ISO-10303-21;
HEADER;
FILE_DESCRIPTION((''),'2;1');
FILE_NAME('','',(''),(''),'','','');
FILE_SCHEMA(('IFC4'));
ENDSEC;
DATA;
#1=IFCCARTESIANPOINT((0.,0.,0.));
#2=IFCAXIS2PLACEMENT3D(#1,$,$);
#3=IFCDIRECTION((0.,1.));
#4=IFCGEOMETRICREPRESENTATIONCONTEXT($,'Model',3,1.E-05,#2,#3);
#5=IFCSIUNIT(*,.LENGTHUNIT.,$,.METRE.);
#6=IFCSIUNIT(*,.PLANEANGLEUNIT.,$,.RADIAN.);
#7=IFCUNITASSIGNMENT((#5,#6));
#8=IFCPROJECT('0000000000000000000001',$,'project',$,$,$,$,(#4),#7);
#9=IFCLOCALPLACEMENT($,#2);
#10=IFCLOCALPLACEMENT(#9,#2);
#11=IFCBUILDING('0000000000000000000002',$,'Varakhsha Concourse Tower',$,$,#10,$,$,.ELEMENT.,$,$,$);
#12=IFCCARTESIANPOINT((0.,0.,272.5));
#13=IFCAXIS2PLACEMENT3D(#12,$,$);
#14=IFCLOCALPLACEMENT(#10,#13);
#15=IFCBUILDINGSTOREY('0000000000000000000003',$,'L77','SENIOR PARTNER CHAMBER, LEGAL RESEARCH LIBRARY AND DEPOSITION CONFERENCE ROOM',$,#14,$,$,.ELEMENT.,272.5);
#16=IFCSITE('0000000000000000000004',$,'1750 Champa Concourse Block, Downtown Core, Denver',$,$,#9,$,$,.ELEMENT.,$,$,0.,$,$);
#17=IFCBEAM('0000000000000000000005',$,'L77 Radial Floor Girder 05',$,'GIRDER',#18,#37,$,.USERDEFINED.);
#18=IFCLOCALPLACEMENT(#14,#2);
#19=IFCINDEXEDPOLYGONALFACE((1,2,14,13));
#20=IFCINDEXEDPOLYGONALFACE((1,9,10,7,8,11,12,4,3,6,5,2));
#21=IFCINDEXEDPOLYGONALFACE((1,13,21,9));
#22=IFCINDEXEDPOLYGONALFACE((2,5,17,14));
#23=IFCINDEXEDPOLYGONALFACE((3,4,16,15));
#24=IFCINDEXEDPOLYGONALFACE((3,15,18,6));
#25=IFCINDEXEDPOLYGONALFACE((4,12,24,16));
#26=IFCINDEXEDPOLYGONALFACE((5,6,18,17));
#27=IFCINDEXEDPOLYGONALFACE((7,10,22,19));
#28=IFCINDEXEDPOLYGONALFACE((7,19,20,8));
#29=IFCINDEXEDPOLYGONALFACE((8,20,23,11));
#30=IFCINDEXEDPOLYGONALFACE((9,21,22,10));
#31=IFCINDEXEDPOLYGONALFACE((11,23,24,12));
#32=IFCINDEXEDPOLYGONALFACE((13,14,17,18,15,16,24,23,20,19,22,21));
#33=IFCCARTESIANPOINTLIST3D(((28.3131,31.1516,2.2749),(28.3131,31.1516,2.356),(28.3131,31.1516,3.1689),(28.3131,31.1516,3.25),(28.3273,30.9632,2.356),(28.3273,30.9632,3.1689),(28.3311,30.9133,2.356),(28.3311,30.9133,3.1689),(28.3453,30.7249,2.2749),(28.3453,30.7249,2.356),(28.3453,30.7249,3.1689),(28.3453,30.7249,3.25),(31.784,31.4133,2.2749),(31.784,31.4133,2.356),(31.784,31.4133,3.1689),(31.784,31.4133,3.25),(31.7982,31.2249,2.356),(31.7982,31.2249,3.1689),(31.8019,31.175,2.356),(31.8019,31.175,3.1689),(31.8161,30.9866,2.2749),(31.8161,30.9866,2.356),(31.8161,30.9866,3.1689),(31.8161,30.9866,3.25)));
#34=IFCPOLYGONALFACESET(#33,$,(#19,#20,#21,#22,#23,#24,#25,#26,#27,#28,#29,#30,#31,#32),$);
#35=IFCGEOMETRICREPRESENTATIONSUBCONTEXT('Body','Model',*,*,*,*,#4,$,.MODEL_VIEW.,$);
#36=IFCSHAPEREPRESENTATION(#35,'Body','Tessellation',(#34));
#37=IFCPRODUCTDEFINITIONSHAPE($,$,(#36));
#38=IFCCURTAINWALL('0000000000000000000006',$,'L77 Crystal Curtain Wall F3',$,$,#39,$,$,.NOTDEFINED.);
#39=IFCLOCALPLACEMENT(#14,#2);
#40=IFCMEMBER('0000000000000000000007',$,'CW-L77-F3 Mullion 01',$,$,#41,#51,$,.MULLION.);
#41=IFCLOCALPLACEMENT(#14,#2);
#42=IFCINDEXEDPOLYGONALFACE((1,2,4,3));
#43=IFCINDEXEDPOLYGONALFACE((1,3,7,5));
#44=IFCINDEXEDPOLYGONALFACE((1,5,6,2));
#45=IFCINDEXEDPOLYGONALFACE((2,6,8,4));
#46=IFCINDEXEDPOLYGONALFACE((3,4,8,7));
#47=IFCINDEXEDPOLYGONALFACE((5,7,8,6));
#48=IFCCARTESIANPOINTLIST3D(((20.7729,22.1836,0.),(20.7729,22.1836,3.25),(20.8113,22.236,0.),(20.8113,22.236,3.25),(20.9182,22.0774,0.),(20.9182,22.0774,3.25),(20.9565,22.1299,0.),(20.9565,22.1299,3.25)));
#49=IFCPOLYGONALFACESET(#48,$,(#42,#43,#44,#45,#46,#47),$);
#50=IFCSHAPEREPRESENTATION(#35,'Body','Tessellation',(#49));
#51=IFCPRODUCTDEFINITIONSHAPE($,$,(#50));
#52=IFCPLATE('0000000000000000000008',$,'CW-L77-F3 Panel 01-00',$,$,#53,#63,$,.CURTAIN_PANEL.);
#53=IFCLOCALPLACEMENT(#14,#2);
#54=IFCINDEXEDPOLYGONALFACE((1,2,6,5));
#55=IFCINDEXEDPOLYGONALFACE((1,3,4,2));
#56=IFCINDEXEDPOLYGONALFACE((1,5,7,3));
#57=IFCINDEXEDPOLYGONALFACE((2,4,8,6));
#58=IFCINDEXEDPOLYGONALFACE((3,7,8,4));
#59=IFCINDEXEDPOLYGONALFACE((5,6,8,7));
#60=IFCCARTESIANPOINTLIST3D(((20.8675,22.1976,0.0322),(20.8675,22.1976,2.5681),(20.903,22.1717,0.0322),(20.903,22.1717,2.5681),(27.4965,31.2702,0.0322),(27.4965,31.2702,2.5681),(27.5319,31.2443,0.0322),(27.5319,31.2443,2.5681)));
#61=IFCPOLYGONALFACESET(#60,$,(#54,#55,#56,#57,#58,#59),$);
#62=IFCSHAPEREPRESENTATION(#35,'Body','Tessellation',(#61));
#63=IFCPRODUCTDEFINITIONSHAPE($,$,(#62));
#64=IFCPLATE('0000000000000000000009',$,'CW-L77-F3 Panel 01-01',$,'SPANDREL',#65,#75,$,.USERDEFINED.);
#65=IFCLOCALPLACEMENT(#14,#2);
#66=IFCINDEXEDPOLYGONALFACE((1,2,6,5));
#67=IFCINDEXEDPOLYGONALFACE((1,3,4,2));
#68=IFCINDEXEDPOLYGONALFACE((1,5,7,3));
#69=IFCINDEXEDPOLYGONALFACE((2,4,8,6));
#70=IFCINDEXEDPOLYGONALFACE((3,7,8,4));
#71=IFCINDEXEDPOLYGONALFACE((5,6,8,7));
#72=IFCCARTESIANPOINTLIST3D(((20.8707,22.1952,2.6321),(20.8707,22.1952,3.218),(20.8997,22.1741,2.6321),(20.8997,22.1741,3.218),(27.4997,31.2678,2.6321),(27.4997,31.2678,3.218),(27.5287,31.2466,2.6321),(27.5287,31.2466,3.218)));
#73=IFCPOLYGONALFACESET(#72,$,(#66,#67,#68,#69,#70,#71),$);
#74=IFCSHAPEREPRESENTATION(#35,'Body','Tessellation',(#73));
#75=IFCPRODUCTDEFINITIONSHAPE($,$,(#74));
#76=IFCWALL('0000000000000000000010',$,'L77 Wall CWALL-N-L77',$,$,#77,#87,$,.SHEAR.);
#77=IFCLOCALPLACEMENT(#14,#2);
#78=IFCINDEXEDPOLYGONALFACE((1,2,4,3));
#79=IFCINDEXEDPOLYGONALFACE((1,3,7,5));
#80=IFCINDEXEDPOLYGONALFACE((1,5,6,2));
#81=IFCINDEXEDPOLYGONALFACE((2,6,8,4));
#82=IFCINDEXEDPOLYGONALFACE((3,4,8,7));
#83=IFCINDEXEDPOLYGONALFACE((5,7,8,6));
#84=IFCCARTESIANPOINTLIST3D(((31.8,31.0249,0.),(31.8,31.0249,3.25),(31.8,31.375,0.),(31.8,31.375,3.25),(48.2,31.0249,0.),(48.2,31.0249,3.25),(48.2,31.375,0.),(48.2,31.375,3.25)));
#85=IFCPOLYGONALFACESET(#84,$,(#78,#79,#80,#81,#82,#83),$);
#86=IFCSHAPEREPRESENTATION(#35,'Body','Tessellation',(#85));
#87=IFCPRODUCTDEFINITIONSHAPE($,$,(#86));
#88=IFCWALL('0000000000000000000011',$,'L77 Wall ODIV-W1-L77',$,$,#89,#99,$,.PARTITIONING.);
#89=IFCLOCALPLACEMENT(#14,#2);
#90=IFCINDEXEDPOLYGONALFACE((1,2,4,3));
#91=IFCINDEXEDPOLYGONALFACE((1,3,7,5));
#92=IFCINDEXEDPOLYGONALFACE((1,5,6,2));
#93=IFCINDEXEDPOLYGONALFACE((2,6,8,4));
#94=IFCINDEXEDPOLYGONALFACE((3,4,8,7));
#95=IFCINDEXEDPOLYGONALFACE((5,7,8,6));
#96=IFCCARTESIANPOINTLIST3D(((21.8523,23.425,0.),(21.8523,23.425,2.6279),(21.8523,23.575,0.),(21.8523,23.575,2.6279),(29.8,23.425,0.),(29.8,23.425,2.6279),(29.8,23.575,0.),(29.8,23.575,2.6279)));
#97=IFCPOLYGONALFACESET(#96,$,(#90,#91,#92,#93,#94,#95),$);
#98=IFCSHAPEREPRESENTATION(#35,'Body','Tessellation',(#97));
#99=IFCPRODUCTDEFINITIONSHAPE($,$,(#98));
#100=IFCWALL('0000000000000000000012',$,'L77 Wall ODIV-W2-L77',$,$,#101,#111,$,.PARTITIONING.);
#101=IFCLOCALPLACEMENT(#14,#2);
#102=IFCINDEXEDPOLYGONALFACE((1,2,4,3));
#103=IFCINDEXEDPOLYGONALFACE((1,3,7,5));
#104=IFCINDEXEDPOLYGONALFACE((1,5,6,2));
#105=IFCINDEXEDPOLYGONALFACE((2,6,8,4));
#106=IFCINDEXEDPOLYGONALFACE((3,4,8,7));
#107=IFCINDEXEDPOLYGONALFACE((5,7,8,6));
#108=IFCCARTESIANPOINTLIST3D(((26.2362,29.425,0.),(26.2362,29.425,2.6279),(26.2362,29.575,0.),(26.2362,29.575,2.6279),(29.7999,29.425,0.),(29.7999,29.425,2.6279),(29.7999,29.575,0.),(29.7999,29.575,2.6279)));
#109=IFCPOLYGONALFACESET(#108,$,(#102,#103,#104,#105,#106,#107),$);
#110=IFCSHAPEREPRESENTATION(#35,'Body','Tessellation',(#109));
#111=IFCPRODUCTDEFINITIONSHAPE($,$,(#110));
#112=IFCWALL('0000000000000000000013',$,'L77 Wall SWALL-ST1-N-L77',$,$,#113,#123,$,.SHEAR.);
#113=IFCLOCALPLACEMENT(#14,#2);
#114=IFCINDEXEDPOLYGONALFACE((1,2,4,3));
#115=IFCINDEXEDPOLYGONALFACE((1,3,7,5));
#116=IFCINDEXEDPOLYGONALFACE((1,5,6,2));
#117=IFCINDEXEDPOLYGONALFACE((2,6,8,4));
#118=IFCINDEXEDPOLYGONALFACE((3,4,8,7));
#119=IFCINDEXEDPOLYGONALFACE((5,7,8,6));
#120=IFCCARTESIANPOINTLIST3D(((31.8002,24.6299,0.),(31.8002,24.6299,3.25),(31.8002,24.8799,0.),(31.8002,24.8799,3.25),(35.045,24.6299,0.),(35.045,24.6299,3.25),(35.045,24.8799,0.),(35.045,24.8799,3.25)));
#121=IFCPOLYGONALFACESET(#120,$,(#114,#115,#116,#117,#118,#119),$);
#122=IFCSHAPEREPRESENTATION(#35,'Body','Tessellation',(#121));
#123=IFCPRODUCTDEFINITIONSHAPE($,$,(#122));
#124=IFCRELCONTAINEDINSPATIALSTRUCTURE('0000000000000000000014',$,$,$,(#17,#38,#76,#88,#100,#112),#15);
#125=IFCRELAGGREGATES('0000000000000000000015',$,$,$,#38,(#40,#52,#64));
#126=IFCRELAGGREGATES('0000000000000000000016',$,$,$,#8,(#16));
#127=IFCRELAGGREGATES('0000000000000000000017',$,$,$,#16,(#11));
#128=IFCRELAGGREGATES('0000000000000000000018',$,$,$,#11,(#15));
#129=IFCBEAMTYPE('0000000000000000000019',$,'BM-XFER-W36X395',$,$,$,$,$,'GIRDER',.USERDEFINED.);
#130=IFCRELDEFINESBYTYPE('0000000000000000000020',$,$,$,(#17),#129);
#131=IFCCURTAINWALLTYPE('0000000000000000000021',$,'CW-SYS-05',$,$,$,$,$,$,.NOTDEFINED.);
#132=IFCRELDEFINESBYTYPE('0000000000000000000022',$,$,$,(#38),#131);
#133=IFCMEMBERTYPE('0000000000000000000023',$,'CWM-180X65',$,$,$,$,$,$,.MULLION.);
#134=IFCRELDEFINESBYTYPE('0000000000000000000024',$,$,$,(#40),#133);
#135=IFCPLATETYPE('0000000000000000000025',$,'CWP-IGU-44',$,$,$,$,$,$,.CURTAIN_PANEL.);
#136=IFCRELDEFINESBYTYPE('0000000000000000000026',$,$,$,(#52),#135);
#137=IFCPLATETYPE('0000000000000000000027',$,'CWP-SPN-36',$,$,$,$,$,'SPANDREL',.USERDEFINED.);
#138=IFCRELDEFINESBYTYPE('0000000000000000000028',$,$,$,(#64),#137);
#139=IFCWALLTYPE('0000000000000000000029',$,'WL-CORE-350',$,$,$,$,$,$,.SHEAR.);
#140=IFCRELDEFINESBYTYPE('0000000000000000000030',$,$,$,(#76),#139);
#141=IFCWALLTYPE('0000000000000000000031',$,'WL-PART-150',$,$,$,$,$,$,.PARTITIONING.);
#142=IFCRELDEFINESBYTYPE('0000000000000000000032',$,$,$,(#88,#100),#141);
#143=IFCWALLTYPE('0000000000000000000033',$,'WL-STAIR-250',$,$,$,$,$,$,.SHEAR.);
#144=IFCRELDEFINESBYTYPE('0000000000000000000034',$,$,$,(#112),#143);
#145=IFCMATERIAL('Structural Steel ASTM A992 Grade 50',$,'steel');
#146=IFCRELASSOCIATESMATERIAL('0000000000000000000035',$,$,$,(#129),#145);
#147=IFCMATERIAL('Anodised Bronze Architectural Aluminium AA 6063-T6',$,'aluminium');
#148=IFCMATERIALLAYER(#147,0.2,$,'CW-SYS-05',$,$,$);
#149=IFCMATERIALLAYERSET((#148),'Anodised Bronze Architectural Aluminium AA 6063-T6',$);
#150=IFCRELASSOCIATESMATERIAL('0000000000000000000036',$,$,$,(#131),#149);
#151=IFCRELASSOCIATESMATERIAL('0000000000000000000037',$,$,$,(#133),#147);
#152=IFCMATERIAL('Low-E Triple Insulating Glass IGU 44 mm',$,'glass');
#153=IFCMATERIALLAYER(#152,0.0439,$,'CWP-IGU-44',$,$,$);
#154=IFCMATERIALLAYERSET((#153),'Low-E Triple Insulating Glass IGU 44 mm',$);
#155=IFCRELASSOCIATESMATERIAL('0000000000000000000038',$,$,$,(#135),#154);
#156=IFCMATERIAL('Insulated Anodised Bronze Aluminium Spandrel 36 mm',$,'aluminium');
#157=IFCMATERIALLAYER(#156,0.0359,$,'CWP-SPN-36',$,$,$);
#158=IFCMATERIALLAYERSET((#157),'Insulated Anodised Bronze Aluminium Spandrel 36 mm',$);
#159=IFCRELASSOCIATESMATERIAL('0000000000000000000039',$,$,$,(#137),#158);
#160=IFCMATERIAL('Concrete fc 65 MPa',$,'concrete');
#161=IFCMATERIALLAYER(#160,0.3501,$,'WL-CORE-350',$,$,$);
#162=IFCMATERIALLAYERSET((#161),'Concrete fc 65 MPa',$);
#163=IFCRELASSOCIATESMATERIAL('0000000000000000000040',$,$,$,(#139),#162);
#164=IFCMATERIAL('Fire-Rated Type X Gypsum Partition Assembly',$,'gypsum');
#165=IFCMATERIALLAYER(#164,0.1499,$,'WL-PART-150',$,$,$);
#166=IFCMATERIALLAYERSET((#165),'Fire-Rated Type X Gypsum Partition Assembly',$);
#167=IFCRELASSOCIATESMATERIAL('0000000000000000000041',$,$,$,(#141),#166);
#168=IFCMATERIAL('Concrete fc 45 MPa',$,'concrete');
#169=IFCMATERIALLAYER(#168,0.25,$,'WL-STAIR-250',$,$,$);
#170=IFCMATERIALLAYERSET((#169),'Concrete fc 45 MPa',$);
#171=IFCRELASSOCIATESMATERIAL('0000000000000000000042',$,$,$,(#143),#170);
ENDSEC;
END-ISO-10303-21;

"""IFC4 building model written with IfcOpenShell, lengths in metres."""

from ifc_helpers import new_model, si_unit, direction, frame, frame_2d, origin, origin_2d, place, context, subcontext, project, spatial, rectangle, i_section, extrude, source, transform, mapped, material, layer, layer_set, material_profile, profile_set, type_object, type_shapes, element, aggregate, save


model = new_model("IFC4")

# Units and contexts
model_context = context("Model", 3, precision=1e-05, world=origin(), true_north=direction((0.0, 1.0)))
body_context = subcontext(model_context, "Body", "Model", "MODEL_VIEW")
ifc_project = project(units=[si_unit("LENGTHUNIT", "METRE"), si_unit("PLANEANGLEUNIT", "RADIAN")], contexts=[model_context])

# Site, building, storey
site_placement = place(None, origin())
site = spatial("IfcSite", under=ifc_project, at=site_placement, Name="1750 Champa Concourse Block, Downtown Core, Denver", CompositionType="ELEMENT", RefElevation=0.0)
building_placement = place(site_placement, origin())
building = spatial("IfcBuilding", under=site, at=building_placement, Name="Varakhsha Concourse Tower", CompositionType="ELEMENT")
storey_placement = place(building_placement, frame((0.0, 0.0, 272.5)))
storey = spatial("IfcBuildingStorey", under=building, at=storey_placement, Name="L77", Description="SENIOR PARTNER CHAMBER, LEGAL RESEARCH LIBRARY AND DEPOSITION CONFERENCE ROOM", CompositionType="ELEMENT", Elevation=272.5)

# Shared definitions
ifc_material_1 = material(Name="Structural Steel ASTM A992 Grade 50", Category="steel")

# Beam
ifc_material_profile_1 = material_profile(ifc_material_1, i_section(OverallWidth=0.428, OverallDepth=0.9751, WebThickness=0.05, FlangeThickness=0.0811, at=origin_2d()), Name="W36X395")
ifc_profile_set_1 = profile_set([ifc_material_profile_1], Name="Structural Steel ASTM A992 Grade 50")
beam_type_1 = type_object("IfcBeamType", Name="BM-XFER-W36X395", ElementType="GIRDER", PredefinedType="USERDEFINED", material=ifc_profile_set_1)
beam_1_placement = place(storey_placement, frame((31.8, 31.2, 2.7625), z_axis=(-0.997169, -0.075189, 0.0), x_axis=(0.075189, -0.997169, 0.0)))
element("IfcBeam", 1, at=beam_1_placement, inside=storey, type_object=beam_type_1, Name="L77 Radial Floor Girder 05", ObjectType="GIRDER", PredefinedType="USERDEFINED", context=body_context, shape_type="SweptSolid", body=[
    extrude(i_section(OverallWidth=0.428, OverallDepth=0.9751, WebThickness=0.05, FlangeThickness=0.0811, at=origin_2d()), origin(), (0.0, 0.0, 1.0), 3.4807),
])

# Curtain wall, member, plates
ifc_material_2 = material(Name="Anodised Bronze Architectural Aluminium AA 6063-T6", Category="aluminium")
ifc_layer_1 = layer(ifc_material_2, 0.2, Name="CW-SYS-05")
ifc_layer_set_1 = layer_set([ifc_layer_1], Name="Anodised Bronze Architectural Aluminium AA 6063-T6")
curtain_wall_type = type_object("IfcCurtainWallType", Name="CW-SYS-05", PredefinedType="NOTDEFINED", material=ifc_layer_set_1)
curtain_wall_placement = place(storey_placement, origin())
curtain_wall = element("IfcCurtainWall", 2, at=curtain_wall_placement, inside=storey, type_object=curtain_wall_type, Name="L77 Crystal Curtain Wall F3", PredefinedType="NOTDEFINED")
ifc_material_profile_2 = material_profile(ifc_material_2, rectangle(XDim=0.0649, YDim=0.1799, at=origin_2d()), Name="CWM-180X65")
ifc_profile_set_2 = profile_set([ifc_material_profile_2], Name="Anodised Bronze Architectural Aluminium AA 6063-T6")
member_type = type_object("IfcMemberType", Name="CWM-180X65", PredefinedType="MULLION", material=ifc_profile_set_2)
shared_shape_1 = source(origin(), body_context, "Body", "SweptSolid", [
    extrude(rectangle(XDim=0.0649, YDim=0.1799, at=origin_2d()), origin(), (0.0, 0.0, 1.0), 3.25),
])
type_shapes(member_type, [shared_shape_1])
member_placement = place(storey_placement, frame((20.8647, 22.1567, 0.0), z_axis=(0.0, 0.0, 1.0), x_axis=(0.58996, 0.807432, 0.0)))
member = element("IfcMember", 3, at=member_placement, type_object=member_type, Name="CW-L77-F3 Mullion 01", PredefinedType="MULLION", context=body_context, shape_type="MappedRepresentation", body=[
    mapped(shared_shape_1, transform((0.0, 0.0, 0.0), scale=1.0)),
])
ifc_material_3 = material(Name="Low-E Triple Insulating Glass IGU 44 mm", Category="glass")
ifc_layer_2 = layer(ifc_material_3, 0.0439, Name="CWP-IGU-44")
ifc_layer_set_2 = layer_set([ifc_layer_2], Name="Low-E Triple Insulating Glass IGU 44 mm")
plate_type_1 = type_object("IfcPlateType", Name="CWP-IGU-44", PredefinedType="CURTAIN_PANEL", material=ifc_layer_set_2)
shared_shape_2 = source(origin(), body_context, "Body", "SweptSolid", [
    extrude(rectangle(XDim=11.2363, YDim=0.0439, at=origin_2d()), origin(), (0.0, 0.0, 1.0), 2.5359),
])
type_shapes(plate_type_1, [shared_shape_2])
plate_1_placement = place(storey_placement, frame((24.1997, 26.7209, 0.0322), z_axis=(0.0, 0.0, 1.0), x_axis=(0.58996, 0.807432, 0.0)))
plate_1 = element("IfcPlate", 4, at=plate_1_placement, type_object=plate_type_1, Name="CW-L77-F3 Panel 01-00", PredefinedType="CURTAIN_PANEL", context=body_context, shape_type="MappedRepresentation", body=[
    mapped(shared_shape_2, transform((0.0, 0.0, 0.0), scale=1.0)),
])
ifc_material_4 = material(Name="Insulated Anodised Bronze Aluminium Spandrel 36 mm", Category="aluminium")
ifc_layer_3 = layer(ifc_material_4, 0.0359, Name="CWP-SPN-36")
ifc_layer_set_3 = layer_set([ifc_layer_3], Name="Insulated Anodised Bronze Aluminium Spandrel 36 mm")
plate_type_2 = type_object("IfcPlateType", Name="CWP-SPN-36", ElementType="SPANDREL", PredefinedType="USERDEFINED", material=ifc_layer_set_3)
shared_shape_3 = source(origin(), body_context, "Body", "SweptSolid", [
    extrude(rectangle(XDim=11.2363, YDim=0.0359, at=origin_2d()), origin(), (0.0, 0.0, 1.0), 0.5859),
])
type_shapes(plate_type_2, [shared_shape_3])
plate_2_placement = place(storey_placement, frame((24.1997, 26.7209, 2.6321), z_axis=(0.0, 0.0, 1.0), x_axis=(0.58996, 0.807432, 0.0)))
plate_2 = element("IfcPlate", 5, at=plate_2_placement, type_object=plate_type_2, Name="CW-L77-F3 Panel 01-01", ObjectType="SPANDREL", PredefinedType="USERDEFINED", context=body_context, shape_type="MappedRepresentation", body=[
    mapped(shared_shape_3, transform((0.0, 0.0, 0.0), scale=1.0)),
])
aggregate(curtain_wall, [member, plate_1, plate_2])

# Walls
ifc_material_5 = material(Name="Concrete fc 65 MPa", Category="concrete")
ifc_layer_4 = layer(ifc_material_5, 0.3501, Name="WL-CORE-350")
ifc_layer_set_4 = layer_set([ifc_layer_4], Name="Concrete fc 65 MPa")
wall_type_1 = type_object("IfcWallType", Name="WL-CORE-350", PredefinedType="SHEAR", material=ifc_layer_set_4)
wall_1_placement = place(storey_placement, frame((31.8, 31.2, 0.0), z_axis=(0.0, 0.0, 1.0), x_axis=(1.0, 0.0, 0.0)))
element("IfcWall", 6, at=wall_1_placement, inside=storey, type_object=wall_type_1, Name="L77 Wall CWALL-N-L77", PredefinedType="SHEAR", context=body_context, shape_type="SweptSolid", body=[
    extrude(rectangle(XDim=16.3999, YDim=0.3501, at=frame_2d((8.2, 0.0))), origin(), (0.0, 0.0, 1.0), 3.25),
])
ifc_material_6 = material(Name="Fire-Rated Type X Gypsum Partition Assembly", Category="gypsum")
ifc_layer_5 = layer(ifc_material_6, 0.1499, Name="WL-PART-150")
ifc_layer_set_5 = layer_set([ifc_layer_5], Name="Fire-Rated Type X Gypsum Partition Assembly")
wall_type_2 = type_object("IfcWallType", Name="WL-PART-150", PredefinedType="PARTITIONING", material=ifc_layer_set_5)
wall_2_placement = place(storey_placement, frame((21.8523, 23.5, 0.0), z_axis=(0.0, 0.0, 1.0), x_axis=(1.0, 0.0, 0.0)))
element("IfcWall", 7, at=wall_2_placement, inside=storey, type_object=wall_type_2, Name="L77 Wall ODIV-W1-L77", PredefinedType="PARTITIONING", context=body_context, shape_type="SweptSolid", body=[
    extrude(rectangle(XDim=7.9478, YDim=0.1499, at=frame_2d((3.9739, 0.0))), origin(), (0.0, 0.0, 1.0), 2.6279),
])
wall_3_placement = place(storey_placement, frame((26.2363, 29.5, 0.0), z_axis=(0.0, 0.0, 1.0), x_axis=(1.0, 0.0, 0.0)))
element("IfcWall", 8, at=wall_3_placement, inside=storey, type_object=wall_type_2, Name="L77 Wall ODIV-W2-L77", PredefinedType="PARTITIONING", context=body_context, shape_type="SweptSolid", body=[
    extrude(rectangle(XDim=3.5637, YDim=0.1499, at=frame_2d((1.7817, 0.0))), origin(), (0.0, 0.0, 1.0), 2.6279),
])
ifc_material_7 = material(Name="Concrete fc 45 MPa", Category="concrete")
ifc_layer_6 = layer(ifc_material_7, 0.25, Name="WL-STAIR-250")
ifc_layer_set_6 = layer_set([ifc_layer_6], Name="Concrete fc 45 MPa")
wall_type_3 = type_object("IfcWallType", Name="WL-STAIR-250", PredefinedType="SHEAR", material=ifc_layer_set_6)
wall_4_placement = place(storey_placement, frame((31.8, 24.7549, 0.0), z_axis=(0.0, 0.0, 1.0), x_axis=(1.0, 0.0, 0.0)))
element("IfcWall", 9, at=wall_4_placement, inside=storey, type_object=wall_type_3, Name="L77 Wall SWALL-ST1-N-L77", PredefinedType="SHEAR", context=body_context, shape_type="SweptSolid", body=[
    extrude(rectangle(XDim=3.2449, YDim=0.25, at=frame_2d((1.6226, 0.0))), origin(), (0.0, 0.0, 1.0), 3.25),
])

save(model, "model.ifc")
